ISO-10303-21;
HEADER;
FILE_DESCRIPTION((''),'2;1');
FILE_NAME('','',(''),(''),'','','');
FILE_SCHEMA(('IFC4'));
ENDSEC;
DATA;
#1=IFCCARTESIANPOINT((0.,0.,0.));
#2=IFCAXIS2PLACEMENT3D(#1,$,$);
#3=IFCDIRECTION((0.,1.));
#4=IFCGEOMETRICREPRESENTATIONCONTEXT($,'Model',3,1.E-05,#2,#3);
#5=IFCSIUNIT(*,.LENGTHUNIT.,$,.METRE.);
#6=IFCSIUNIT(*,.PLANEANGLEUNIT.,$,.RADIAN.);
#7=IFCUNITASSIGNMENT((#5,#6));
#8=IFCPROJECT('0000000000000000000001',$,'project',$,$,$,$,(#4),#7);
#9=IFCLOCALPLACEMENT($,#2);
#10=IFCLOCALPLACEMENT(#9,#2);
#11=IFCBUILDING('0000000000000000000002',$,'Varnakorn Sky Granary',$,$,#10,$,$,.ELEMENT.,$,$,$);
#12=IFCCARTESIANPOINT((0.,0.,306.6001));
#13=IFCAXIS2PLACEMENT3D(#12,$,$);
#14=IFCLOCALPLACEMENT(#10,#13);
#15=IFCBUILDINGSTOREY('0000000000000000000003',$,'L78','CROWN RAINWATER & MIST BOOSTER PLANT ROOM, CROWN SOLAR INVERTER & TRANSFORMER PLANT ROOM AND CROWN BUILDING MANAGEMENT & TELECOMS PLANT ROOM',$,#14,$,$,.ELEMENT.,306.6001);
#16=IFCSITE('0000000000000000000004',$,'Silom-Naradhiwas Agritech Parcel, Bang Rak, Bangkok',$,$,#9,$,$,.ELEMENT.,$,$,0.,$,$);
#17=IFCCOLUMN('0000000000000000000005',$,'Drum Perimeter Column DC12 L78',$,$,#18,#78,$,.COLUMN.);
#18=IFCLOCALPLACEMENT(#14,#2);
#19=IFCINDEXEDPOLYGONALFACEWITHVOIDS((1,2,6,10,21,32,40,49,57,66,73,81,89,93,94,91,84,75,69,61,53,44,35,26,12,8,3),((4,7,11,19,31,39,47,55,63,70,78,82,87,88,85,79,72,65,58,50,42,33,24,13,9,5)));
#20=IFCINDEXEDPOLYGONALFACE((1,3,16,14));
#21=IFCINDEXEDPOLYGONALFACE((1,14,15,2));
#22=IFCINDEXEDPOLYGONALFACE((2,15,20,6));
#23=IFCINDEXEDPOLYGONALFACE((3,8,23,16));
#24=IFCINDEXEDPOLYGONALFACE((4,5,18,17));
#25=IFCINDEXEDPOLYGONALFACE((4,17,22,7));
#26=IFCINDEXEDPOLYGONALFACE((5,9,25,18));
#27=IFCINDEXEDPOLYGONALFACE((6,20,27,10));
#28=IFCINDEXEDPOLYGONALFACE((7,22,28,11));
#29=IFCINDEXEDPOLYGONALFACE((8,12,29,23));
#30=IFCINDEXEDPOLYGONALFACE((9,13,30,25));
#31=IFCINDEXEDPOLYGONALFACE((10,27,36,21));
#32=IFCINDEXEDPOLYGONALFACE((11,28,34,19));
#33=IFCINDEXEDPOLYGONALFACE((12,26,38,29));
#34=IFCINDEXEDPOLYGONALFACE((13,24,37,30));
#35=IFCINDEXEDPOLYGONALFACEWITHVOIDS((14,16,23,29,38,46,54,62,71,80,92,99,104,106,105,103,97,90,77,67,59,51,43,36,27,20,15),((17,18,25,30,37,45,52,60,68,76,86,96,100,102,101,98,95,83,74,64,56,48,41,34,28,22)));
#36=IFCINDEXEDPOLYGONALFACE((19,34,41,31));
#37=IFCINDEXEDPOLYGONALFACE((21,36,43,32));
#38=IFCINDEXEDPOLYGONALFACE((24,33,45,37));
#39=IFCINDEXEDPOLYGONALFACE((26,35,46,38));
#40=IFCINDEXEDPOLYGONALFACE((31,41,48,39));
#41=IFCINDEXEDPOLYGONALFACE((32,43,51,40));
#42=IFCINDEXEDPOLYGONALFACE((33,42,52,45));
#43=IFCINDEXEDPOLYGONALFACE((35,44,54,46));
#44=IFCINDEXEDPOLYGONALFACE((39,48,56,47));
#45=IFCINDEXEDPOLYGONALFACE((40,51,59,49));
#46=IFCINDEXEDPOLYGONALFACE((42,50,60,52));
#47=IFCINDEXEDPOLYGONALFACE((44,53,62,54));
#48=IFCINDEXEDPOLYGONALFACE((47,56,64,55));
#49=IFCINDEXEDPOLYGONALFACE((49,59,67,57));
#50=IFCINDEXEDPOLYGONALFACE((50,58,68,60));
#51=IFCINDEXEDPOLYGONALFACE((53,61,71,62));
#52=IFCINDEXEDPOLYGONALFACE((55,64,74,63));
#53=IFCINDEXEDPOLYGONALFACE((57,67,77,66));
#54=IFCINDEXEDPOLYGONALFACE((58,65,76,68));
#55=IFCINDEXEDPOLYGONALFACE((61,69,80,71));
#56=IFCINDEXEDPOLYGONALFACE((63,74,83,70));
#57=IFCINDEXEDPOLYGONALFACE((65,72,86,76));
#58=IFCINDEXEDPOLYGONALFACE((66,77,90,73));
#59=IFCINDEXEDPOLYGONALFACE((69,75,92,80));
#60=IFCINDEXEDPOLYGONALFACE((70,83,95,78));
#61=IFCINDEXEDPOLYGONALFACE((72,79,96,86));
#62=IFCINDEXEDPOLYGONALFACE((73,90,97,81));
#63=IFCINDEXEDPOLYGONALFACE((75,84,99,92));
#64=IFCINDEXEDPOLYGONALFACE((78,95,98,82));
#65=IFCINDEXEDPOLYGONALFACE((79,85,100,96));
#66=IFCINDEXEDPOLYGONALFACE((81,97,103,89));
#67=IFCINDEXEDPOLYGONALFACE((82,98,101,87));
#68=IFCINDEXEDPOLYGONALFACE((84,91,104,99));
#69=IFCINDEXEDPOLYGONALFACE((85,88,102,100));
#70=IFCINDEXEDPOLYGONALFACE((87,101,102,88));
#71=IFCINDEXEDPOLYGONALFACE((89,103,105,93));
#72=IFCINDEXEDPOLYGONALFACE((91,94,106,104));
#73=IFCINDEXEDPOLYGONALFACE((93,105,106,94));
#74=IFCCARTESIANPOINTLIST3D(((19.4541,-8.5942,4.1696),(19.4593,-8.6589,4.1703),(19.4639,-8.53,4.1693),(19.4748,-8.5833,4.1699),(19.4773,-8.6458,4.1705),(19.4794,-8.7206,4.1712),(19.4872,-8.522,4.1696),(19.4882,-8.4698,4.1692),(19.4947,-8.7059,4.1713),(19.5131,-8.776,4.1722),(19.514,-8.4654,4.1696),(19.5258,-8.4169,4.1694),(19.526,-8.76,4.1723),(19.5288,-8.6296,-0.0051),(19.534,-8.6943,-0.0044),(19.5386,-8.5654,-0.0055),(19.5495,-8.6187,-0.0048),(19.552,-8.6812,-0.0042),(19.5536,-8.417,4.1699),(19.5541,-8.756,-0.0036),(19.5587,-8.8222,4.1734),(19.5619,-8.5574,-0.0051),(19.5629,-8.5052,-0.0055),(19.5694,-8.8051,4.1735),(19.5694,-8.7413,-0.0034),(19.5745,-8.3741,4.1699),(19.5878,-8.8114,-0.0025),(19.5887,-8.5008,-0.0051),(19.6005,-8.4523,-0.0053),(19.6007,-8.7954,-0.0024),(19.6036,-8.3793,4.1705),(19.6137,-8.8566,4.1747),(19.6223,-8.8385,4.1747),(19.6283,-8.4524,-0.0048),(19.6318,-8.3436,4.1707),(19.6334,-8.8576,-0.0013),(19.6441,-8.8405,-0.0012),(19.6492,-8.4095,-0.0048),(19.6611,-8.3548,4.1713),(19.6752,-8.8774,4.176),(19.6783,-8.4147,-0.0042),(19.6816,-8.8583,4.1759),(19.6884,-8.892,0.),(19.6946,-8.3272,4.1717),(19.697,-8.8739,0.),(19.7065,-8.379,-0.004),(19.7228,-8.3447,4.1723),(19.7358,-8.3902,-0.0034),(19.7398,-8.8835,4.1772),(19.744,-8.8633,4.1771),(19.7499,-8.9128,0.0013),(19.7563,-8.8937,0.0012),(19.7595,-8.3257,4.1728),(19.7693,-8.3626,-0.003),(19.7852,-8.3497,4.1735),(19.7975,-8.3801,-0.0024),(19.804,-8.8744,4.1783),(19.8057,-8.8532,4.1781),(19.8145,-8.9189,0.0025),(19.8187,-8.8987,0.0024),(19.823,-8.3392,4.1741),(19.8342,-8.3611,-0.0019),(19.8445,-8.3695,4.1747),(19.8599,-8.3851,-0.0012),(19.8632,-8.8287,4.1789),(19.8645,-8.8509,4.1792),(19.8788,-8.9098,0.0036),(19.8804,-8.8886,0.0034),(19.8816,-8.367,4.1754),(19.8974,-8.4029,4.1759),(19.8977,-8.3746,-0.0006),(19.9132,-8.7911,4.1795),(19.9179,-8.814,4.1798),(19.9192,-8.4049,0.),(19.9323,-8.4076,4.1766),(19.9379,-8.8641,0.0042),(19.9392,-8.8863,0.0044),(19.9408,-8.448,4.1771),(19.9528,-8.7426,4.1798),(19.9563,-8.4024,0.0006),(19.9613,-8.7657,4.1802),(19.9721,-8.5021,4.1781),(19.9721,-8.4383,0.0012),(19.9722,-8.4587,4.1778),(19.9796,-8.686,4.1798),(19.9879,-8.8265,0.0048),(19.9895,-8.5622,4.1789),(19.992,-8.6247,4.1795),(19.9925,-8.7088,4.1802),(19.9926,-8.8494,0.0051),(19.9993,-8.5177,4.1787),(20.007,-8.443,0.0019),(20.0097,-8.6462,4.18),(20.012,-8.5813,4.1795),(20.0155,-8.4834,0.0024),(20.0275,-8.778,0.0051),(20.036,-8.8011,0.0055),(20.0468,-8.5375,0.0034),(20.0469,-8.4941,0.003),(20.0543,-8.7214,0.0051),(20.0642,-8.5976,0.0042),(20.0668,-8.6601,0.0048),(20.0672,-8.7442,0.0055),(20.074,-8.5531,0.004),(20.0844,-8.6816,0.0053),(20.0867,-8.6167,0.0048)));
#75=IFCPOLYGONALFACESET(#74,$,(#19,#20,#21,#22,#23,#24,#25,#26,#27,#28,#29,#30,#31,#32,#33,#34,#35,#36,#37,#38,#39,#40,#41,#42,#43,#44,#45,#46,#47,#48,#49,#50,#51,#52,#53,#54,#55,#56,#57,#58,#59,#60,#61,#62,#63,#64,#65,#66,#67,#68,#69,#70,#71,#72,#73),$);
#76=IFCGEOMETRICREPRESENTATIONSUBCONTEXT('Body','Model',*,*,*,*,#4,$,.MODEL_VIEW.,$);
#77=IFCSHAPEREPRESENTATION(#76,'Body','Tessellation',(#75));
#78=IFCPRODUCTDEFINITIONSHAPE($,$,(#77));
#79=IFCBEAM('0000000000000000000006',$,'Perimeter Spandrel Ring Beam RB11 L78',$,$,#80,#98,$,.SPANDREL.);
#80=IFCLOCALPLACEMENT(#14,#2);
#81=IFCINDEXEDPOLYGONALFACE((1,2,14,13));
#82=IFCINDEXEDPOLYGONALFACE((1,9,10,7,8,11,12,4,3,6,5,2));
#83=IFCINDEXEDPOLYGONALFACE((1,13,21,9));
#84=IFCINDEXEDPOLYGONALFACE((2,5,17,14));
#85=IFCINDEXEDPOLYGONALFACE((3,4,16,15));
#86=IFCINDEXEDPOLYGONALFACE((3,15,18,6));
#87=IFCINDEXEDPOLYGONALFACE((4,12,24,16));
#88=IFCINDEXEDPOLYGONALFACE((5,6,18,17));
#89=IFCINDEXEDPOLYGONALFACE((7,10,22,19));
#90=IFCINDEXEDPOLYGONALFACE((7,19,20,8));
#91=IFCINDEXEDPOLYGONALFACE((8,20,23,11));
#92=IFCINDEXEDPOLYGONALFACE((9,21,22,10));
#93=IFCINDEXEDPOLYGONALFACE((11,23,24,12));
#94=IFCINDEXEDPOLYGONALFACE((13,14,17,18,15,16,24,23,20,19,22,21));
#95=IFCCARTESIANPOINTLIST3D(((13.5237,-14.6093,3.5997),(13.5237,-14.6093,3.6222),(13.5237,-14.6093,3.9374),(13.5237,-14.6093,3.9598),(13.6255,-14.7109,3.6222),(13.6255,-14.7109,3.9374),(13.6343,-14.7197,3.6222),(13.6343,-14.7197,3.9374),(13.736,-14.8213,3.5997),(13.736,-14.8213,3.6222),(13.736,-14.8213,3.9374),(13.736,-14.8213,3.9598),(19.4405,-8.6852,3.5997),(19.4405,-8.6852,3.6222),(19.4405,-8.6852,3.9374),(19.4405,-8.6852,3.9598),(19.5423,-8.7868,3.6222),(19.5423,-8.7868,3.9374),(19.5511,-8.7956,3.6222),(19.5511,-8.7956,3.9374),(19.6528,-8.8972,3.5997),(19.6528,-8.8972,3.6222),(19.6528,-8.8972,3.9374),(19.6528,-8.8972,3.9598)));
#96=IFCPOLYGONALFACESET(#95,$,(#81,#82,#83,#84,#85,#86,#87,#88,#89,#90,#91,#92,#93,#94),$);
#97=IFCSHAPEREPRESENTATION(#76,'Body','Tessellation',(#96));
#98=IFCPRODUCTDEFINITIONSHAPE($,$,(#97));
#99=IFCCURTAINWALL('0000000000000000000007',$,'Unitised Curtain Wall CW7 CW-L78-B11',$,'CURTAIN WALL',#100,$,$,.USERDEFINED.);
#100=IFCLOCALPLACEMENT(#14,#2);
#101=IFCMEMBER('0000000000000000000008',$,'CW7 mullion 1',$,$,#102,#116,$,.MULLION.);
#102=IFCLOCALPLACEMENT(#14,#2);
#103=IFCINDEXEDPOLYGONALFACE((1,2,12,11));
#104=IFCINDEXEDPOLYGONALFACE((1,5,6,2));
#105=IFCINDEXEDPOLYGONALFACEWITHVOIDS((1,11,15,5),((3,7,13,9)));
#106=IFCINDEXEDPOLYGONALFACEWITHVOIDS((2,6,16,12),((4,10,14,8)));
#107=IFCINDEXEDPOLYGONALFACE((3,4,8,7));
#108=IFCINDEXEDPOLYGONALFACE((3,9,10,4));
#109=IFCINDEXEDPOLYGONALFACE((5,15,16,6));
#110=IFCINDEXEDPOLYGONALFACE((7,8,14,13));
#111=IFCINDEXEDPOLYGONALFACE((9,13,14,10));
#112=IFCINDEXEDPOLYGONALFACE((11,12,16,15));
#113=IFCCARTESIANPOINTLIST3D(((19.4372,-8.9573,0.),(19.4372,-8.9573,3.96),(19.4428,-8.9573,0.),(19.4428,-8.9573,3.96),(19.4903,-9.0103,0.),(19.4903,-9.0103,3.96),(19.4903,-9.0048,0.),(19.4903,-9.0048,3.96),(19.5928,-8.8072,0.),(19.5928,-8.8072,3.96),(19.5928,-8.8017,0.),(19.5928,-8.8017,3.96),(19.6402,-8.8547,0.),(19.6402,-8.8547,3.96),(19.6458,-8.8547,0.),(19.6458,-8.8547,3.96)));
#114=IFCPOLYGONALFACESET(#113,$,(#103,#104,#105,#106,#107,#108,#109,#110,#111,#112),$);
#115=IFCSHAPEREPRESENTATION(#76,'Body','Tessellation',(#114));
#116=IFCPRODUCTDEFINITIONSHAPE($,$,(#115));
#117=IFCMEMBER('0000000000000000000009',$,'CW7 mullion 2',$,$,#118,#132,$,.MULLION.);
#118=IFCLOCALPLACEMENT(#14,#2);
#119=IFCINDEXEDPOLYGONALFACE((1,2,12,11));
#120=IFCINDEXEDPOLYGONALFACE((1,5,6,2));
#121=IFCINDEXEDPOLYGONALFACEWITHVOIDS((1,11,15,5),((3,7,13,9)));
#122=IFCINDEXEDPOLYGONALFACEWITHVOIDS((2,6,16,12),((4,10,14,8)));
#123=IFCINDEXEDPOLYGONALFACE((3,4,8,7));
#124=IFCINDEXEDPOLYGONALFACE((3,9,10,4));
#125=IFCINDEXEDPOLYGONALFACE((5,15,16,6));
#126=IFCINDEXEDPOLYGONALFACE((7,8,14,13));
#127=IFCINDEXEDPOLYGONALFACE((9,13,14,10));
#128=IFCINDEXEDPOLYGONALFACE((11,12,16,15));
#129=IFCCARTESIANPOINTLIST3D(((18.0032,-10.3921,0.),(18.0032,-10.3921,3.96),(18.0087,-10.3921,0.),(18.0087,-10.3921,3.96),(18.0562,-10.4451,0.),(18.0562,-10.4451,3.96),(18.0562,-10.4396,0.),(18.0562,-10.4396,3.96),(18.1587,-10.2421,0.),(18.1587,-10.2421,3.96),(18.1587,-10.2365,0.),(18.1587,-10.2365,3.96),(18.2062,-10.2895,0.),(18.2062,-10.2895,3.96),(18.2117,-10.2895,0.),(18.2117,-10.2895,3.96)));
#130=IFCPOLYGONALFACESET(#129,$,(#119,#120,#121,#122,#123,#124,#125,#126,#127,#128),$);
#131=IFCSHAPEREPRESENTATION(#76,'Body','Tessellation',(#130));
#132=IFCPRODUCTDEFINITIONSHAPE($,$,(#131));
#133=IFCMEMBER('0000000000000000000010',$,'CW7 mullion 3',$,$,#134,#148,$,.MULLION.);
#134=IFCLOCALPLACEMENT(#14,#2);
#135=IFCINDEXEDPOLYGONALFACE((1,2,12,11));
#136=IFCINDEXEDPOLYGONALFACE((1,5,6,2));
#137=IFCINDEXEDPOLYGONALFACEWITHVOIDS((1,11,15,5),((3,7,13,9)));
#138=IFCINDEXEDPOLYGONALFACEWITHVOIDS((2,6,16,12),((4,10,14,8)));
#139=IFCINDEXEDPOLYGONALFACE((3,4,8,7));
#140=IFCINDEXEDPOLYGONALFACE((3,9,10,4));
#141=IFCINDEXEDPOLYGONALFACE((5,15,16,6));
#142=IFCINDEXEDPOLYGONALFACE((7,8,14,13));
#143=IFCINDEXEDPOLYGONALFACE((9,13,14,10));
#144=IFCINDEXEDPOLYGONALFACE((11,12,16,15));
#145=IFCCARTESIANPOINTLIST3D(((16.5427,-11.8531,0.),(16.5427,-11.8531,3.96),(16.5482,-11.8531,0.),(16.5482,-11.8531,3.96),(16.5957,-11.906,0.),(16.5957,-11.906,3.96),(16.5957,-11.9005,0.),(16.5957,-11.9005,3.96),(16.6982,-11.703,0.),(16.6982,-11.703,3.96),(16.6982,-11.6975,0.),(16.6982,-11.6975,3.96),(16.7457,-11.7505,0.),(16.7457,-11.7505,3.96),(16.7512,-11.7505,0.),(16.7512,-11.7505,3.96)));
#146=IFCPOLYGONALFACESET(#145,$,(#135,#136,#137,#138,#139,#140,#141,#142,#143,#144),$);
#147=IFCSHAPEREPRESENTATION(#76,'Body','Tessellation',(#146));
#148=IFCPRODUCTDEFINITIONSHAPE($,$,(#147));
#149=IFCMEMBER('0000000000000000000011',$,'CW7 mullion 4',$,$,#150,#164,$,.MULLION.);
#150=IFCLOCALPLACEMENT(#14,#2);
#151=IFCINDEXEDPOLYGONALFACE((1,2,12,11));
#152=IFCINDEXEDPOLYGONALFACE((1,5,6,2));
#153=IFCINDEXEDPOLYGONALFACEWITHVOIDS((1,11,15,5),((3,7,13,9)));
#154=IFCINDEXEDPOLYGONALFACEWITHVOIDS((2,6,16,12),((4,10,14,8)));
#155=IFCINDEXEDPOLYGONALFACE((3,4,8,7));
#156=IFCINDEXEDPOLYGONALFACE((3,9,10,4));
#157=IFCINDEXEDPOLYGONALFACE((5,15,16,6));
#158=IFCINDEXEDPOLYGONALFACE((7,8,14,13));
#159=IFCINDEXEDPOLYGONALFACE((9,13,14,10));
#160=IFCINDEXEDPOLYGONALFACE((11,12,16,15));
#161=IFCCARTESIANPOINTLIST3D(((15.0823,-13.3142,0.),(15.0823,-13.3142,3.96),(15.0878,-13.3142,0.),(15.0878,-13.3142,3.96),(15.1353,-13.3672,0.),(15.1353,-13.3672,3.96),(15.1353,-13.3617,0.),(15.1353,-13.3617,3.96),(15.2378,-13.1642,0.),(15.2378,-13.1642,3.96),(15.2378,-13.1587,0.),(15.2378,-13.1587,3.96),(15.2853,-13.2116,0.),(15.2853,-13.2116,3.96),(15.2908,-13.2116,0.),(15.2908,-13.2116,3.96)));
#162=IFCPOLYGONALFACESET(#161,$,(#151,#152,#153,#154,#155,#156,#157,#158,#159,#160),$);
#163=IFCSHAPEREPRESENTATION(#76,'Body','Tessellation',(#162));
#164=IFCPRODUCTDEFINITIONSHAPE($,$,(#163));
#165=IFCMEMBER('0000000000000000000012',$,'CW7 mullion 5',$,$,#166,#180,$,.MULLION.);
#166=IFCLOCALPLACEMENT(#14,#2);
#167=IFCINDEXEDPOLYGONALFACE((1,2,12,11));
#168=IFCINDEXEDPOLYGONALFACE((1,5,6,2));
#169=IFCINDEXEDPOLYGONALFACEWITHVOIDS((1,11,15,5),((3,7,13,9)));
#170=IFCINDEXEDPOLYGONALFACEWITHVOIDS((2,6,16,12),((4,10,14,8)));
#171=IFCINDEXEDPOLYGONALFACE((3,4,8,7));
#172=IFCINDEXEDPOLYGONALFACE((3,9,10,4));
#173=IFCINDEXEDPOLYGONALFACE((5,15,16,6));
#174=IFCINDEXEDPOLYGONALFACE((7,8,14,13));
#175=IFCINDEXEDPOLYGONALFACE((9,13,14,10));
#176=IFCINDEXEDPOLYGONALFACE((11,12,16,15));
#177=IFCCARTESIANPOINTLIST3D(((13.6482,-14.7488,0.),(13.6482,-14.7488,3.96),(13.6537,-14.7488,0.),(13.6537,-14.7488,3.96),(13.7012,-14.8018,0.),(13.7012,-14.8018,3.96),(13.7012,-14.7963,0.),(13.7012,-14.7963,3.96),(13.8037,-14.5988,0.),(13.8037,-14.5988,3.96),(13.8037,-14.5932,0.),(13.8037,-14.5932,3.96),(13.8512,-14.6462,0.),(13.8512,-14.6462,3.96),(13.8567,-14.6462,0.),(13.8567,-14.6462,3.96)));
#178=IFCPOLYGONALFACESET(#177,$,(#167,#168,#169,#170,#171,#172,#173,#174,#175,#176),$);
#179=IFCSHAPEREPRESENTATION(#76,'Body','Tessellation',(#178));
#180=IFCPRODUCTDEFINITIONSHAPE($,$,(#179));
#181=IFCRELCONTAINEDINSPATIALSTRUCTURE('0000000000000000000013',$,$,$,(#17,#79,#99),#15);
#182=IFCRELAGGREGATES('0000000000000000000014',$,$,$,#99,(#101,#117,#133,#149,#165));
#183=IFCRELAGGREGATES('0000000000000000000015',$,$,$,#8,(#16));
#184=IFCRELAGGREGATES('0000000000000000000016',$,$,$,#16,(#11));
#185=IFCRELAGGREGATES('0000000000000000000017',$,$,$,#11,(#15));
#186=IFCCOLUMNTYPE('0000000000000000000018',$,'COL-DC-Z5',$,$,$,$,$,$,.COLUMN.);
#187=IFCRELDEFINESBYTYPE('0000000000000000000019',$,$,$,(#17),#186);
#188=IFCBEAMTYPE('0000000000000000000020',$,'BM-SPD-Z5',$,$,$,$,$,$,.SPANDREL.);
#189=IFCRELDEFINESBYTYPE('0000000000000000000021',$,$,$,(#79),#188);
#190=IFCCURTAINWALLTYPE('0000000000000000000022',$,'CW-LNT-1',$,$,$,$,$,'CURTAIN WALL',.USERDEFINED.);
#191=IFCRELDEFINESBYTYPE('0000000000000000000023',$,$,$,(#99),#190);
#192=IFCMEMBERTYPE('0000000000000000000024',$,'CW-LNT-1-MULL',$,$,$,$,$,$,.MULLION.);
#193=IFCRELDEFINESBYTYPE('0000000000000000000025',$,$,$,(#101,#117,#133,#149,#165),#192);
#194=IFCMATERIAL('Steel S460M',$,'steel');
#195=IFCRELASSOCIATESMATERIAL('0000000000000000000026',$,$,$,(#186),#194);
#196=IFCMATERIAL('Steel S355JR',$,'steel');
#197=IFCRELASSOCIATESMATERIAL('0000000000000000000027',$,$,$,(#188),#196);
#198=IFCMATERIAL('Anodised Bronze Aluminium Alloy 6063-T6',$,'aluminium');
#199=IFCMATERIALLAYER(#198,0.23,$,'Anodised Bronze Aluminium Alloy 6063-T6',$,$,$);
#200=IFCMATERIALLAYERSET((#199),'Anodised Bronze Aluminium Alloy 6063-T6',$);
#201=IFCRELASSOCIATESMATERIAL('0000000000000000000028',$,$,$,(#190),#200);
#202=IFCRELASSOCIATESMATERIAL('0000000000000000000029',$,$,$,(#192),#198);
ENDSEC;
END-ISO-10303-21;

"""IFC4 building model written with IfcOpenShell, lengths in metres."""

from ifc_helpers import new_model, si_unit, direction, frame, origin, origin_2d, place, context, subcontext, project, spatial, hollow_rectangle, hollow_circle, i_section, extrude, material, layer, layer_set, material_profile, profile_set, type_object, element, aggregate, save


model = new_model("IFC4")

# Units and contexts
model_context = context("Model", 3, precision=1e-05, world=origin(), true_north=direction((0.0, 1.0)))
body_context = subcontext(model_context, "Body", "Model", "MODEL_VIEW")
ifc_project = project(units=[si_unit("LENGTHUNIT", "METRE"), si_unit("PLANEANGLEUNIT", "RADIAN")], contexts=[model_context])

# Site, building, storey
site_placement = place(None, origin())
site = spatial("IfcSite", under=ifc_project, at=site_placement, Name="Silom-Naradhiwas Agritech Parcel, Bang Rak, Bangkok", CompositionType="ELEMENT", RefElevation=0.0)
building_placement = place(site_placement, origin())
building = spatial("IfcBuilding", under=site, at=building_placement, Name="Varnakorn Sky Granary", CompositionType="ELEMENT")
storey_placement = place(building_placement, frame((0.0, 0.0, 306.6001)))
storey = spatial("IfcBuildingStorey", under=building, at=storey_placement, Name="L78", Description="CROWN RAINWATER & MIST BOOSTER PLANT ROOM, CROWN SOLAR INVERTER & TRANSFORMER PLANT ROOM AND CROWN BUILDING MANAGEMENT & TELECOMS PLANT ROOM", CompositionType="ELEMENT", Elevation=306.6001)

# Column
ifc_material_1 = material(Name="Steel S460M", Category="steel")
ifc_material_profile_1 = material_profile(ifc_material_1, hollow_circle(Radius=0.2795, WallThickness=0.02, at=origin_2d()), Name="CHS 559x20")
ifc_profile_set_1 = profile_set([ifc_material_profile_1], Name="Steel S460M")
column_type = type_object("IfcColumnType", Name="COL-DC-Z5", PredefinedType="COLUMN", material=ifc_profile_set_1)
column_placement = place(storey_placement, frame((19.8081, -8.6394, 0.0), z_axis=(-0.017891, 0.008478, 0.999804), x_axis=(-0.428213, -0.903678, 0.0)))
element("IfcColumn", 1, at=column_placement, inside=storey, type_object=column_type, Name="Drum Perimeter Column DC12 L78", PredefinedType="COLUMN", context=body_context, shape_type="SweptSolid", body=[
    extrude(hollow_circle(Radius=0.2795, WallThickness=0.02, at=origin_2d()), origin(), (0.0, 0.0, 1.0), 4.1755),
])

# Beam
ifc_material_2 = material(Name="Steel S355JR", Category="steel")
ifc_material_profile_2 = material_profile(ifc_material_2, i_section(OverallWidth=0.3, OverallDepth=0.3601, WebThickness=0.0125, FlangeThickness=0.0225, at=origin_2d()), Name="HE 360 B")
ifc_profile_set_2 = profile_set([ifc_material_profile_2], Name="Steel S355JR")
beam_type = type_object("IfcBeamType", Name="BM-SPD-Z5", PredefinedType="SPANDREL", material=ifc_profile_set_2)
beam_placement = place(storey_placement, frame((13.6299, -14.7153, 3.7798), z_axis=(0.706669, 0.707544, 0.0), x_axis=(-0.707544, 0.706669, 0.0)))
element("IfcBeam", 2, at=beam_placement, inside=storey, type_object=beam_type, Name="Perimeter Spandrel Ring Beam RB11 L78", PredefinedType="SPANDREL", context=body_context, shape_type="SweptSolid", body=[
    extrude(i_section(OverallWidth=0.3, OverallDepth=0.3601, WebThickness=0.0125, FlangeThickness=0.0225, at=origin_2d()), origin(), (0.0, 0.0, 1.0), 8.3728),
])

# Curtain wall, members
ifc_material_3 = material(Name="Anodised Bronze Aluminium Alloy 6063-T6", Category="aluminium")
ifc_layer_1 = layer(ifc_material_3, 0.23, Name="Anodised Bronze Aluminium Alloy 6063-T6")
ifc_layer_set_1 = layer_set([ifc_layer_1], Name="Anodised Bronze Aluminium Alloy 6063-T6")
curtain_wall_type = type_object("IfcCurtainWallType", Name="CW-LNT-1", ElementType="CURTAIN WALL", PredefinedType="USERDEFINED", material=ifc_layer_set_1)
curtain_wall_placement = place(storey_placement, origin())
curtain_wall = element("IfcCurtainWall", 3, at=curtain_wall_placement, inside=storey, type_object=curtain_wall_type, Name="Unitised Curtain Wall CW7 CW-L78-B11", ObjectType="CURTAIN WALL", PredefinedType="USERDEFINED")
ifc_material_profile_3 = material_profile(ifc_material_3, hollow_rectangle(XDim=0.075, YDim=0.22, WallThickness=0.0039, at=origin_2d()), Name="ALU MULL 75x220")
ifc_profile_set_3 = profile_set([ifc_material_profile_3], Name="Anodised Bronze Aluminium Alloy 6063-T6")
member_type_1 = type_object("IfcMemberType", Name="CW-LNT-1-MULL", PredefinedType="MULLION", material=ifc_profile_set_3)
member_1_placement = place(storey_placement, frame((19.5415, -8.906, 0.0), z_axis=(0.0, 0.0, 1.0), x_axis=(0.707252, -0.706962, 0.0)))
member_1 = element("IfcMember", 4, at=member_1_placement, type_object=member_type_1, Name="CW7 mullion 1", PredefinedType="MULLION", context=body_context, shape_type="SweptSolid", body=[
    extrude(hollow_rectangle(XDim=0.075, YDim=0.22, WallThickness=0.0039, at=origin_2d()), origin(), (0.0, 0.0, 1.0), 3.96),
])
member_2_placement = place(storey_placement, frame((18.1074, -10.3408, 0.0), z_axis=(0.0, 0.0, 1.0), x_axis=(0.707252, -0.706962, 0.0)))
member_2 = element("IfcMember", 5, at=member_2_placement, type_object=member_type_1, Name="CW7 mullion 2", PredefinedType="MULLION", context=body_context, shape_type="SweptSolid", body=[
    extrude(hollow_rectangle(XDim=0.075, YDim=0.22, WallThickness=0.0039, at=origin_2d()), origin(), (0.0, 0.0, 1.0), 3.96),
])
member_3_placement = place(storey_placement, frame((16.647, -11.8018, 0.0), z_axis=(0.0, 0.0, 1.0), x_axis=(0.707252, -0.706962, 0.0)))
member_3 = element("IfcMember", 6, at=member_3_placement, type_object=member_type_1, Name="CW7 mullion 3", PredefinedType="MULLION", context=body_context, shape_type="SweptSolid", body=[
    extrude(hollow_rectangle(XDim=0.075, YDim=0.22, WallThickness=0.0039, at=origin_2d()), origin(), (0.0, 0.0, 1.0), 3.96),
])
member_4_placement = place(storey_placement, frame((15.1865, -13.2629, 0.0), z_axis=(0.0, 0.0, 1.0), x_axis=(0.707252, -0.706962, 0.0)))
member_4 = element("IfcMember", 7, at=member_4_placement, type_object=member_type_1, Name="CW7 mullion 4", PredefinedType="MULLION", context=body_context, shape_type="SweptSolid", body=[
    extrude(hollow_rectangle(XDim=0.075, YDim=0.22, WallThickness=0.0039, at=origin_2d()), origin(), (0.0, 0.0, 1.0), 3.96),
])
member_5_placement = place(storey_placement, frame((13.7524, -14.6975, 0.0), z_axis=(0.0, 0.0, 1.0), x_axis=(0.707252, -0.706962, 0.0)))
member_5 = element("IfcMember", 8, at=member_5_placement, type_object=member_type_1, Name="CW7 mullion 5", PredefinedType="MULLION", context=body_context, shape_type="SweptSolid", body=[
    extrude(hollow_rectangle(XDim=0.075, YDim=0.22, WallThickness=0.0039, at=origin_2d()), origin(), (0.0, 0.0, 1.0), 3.96),
])

aggregate(curtain_wall, [member_1, member_2, member_3, member_4, member_5])

save(model, "model.ifc")
